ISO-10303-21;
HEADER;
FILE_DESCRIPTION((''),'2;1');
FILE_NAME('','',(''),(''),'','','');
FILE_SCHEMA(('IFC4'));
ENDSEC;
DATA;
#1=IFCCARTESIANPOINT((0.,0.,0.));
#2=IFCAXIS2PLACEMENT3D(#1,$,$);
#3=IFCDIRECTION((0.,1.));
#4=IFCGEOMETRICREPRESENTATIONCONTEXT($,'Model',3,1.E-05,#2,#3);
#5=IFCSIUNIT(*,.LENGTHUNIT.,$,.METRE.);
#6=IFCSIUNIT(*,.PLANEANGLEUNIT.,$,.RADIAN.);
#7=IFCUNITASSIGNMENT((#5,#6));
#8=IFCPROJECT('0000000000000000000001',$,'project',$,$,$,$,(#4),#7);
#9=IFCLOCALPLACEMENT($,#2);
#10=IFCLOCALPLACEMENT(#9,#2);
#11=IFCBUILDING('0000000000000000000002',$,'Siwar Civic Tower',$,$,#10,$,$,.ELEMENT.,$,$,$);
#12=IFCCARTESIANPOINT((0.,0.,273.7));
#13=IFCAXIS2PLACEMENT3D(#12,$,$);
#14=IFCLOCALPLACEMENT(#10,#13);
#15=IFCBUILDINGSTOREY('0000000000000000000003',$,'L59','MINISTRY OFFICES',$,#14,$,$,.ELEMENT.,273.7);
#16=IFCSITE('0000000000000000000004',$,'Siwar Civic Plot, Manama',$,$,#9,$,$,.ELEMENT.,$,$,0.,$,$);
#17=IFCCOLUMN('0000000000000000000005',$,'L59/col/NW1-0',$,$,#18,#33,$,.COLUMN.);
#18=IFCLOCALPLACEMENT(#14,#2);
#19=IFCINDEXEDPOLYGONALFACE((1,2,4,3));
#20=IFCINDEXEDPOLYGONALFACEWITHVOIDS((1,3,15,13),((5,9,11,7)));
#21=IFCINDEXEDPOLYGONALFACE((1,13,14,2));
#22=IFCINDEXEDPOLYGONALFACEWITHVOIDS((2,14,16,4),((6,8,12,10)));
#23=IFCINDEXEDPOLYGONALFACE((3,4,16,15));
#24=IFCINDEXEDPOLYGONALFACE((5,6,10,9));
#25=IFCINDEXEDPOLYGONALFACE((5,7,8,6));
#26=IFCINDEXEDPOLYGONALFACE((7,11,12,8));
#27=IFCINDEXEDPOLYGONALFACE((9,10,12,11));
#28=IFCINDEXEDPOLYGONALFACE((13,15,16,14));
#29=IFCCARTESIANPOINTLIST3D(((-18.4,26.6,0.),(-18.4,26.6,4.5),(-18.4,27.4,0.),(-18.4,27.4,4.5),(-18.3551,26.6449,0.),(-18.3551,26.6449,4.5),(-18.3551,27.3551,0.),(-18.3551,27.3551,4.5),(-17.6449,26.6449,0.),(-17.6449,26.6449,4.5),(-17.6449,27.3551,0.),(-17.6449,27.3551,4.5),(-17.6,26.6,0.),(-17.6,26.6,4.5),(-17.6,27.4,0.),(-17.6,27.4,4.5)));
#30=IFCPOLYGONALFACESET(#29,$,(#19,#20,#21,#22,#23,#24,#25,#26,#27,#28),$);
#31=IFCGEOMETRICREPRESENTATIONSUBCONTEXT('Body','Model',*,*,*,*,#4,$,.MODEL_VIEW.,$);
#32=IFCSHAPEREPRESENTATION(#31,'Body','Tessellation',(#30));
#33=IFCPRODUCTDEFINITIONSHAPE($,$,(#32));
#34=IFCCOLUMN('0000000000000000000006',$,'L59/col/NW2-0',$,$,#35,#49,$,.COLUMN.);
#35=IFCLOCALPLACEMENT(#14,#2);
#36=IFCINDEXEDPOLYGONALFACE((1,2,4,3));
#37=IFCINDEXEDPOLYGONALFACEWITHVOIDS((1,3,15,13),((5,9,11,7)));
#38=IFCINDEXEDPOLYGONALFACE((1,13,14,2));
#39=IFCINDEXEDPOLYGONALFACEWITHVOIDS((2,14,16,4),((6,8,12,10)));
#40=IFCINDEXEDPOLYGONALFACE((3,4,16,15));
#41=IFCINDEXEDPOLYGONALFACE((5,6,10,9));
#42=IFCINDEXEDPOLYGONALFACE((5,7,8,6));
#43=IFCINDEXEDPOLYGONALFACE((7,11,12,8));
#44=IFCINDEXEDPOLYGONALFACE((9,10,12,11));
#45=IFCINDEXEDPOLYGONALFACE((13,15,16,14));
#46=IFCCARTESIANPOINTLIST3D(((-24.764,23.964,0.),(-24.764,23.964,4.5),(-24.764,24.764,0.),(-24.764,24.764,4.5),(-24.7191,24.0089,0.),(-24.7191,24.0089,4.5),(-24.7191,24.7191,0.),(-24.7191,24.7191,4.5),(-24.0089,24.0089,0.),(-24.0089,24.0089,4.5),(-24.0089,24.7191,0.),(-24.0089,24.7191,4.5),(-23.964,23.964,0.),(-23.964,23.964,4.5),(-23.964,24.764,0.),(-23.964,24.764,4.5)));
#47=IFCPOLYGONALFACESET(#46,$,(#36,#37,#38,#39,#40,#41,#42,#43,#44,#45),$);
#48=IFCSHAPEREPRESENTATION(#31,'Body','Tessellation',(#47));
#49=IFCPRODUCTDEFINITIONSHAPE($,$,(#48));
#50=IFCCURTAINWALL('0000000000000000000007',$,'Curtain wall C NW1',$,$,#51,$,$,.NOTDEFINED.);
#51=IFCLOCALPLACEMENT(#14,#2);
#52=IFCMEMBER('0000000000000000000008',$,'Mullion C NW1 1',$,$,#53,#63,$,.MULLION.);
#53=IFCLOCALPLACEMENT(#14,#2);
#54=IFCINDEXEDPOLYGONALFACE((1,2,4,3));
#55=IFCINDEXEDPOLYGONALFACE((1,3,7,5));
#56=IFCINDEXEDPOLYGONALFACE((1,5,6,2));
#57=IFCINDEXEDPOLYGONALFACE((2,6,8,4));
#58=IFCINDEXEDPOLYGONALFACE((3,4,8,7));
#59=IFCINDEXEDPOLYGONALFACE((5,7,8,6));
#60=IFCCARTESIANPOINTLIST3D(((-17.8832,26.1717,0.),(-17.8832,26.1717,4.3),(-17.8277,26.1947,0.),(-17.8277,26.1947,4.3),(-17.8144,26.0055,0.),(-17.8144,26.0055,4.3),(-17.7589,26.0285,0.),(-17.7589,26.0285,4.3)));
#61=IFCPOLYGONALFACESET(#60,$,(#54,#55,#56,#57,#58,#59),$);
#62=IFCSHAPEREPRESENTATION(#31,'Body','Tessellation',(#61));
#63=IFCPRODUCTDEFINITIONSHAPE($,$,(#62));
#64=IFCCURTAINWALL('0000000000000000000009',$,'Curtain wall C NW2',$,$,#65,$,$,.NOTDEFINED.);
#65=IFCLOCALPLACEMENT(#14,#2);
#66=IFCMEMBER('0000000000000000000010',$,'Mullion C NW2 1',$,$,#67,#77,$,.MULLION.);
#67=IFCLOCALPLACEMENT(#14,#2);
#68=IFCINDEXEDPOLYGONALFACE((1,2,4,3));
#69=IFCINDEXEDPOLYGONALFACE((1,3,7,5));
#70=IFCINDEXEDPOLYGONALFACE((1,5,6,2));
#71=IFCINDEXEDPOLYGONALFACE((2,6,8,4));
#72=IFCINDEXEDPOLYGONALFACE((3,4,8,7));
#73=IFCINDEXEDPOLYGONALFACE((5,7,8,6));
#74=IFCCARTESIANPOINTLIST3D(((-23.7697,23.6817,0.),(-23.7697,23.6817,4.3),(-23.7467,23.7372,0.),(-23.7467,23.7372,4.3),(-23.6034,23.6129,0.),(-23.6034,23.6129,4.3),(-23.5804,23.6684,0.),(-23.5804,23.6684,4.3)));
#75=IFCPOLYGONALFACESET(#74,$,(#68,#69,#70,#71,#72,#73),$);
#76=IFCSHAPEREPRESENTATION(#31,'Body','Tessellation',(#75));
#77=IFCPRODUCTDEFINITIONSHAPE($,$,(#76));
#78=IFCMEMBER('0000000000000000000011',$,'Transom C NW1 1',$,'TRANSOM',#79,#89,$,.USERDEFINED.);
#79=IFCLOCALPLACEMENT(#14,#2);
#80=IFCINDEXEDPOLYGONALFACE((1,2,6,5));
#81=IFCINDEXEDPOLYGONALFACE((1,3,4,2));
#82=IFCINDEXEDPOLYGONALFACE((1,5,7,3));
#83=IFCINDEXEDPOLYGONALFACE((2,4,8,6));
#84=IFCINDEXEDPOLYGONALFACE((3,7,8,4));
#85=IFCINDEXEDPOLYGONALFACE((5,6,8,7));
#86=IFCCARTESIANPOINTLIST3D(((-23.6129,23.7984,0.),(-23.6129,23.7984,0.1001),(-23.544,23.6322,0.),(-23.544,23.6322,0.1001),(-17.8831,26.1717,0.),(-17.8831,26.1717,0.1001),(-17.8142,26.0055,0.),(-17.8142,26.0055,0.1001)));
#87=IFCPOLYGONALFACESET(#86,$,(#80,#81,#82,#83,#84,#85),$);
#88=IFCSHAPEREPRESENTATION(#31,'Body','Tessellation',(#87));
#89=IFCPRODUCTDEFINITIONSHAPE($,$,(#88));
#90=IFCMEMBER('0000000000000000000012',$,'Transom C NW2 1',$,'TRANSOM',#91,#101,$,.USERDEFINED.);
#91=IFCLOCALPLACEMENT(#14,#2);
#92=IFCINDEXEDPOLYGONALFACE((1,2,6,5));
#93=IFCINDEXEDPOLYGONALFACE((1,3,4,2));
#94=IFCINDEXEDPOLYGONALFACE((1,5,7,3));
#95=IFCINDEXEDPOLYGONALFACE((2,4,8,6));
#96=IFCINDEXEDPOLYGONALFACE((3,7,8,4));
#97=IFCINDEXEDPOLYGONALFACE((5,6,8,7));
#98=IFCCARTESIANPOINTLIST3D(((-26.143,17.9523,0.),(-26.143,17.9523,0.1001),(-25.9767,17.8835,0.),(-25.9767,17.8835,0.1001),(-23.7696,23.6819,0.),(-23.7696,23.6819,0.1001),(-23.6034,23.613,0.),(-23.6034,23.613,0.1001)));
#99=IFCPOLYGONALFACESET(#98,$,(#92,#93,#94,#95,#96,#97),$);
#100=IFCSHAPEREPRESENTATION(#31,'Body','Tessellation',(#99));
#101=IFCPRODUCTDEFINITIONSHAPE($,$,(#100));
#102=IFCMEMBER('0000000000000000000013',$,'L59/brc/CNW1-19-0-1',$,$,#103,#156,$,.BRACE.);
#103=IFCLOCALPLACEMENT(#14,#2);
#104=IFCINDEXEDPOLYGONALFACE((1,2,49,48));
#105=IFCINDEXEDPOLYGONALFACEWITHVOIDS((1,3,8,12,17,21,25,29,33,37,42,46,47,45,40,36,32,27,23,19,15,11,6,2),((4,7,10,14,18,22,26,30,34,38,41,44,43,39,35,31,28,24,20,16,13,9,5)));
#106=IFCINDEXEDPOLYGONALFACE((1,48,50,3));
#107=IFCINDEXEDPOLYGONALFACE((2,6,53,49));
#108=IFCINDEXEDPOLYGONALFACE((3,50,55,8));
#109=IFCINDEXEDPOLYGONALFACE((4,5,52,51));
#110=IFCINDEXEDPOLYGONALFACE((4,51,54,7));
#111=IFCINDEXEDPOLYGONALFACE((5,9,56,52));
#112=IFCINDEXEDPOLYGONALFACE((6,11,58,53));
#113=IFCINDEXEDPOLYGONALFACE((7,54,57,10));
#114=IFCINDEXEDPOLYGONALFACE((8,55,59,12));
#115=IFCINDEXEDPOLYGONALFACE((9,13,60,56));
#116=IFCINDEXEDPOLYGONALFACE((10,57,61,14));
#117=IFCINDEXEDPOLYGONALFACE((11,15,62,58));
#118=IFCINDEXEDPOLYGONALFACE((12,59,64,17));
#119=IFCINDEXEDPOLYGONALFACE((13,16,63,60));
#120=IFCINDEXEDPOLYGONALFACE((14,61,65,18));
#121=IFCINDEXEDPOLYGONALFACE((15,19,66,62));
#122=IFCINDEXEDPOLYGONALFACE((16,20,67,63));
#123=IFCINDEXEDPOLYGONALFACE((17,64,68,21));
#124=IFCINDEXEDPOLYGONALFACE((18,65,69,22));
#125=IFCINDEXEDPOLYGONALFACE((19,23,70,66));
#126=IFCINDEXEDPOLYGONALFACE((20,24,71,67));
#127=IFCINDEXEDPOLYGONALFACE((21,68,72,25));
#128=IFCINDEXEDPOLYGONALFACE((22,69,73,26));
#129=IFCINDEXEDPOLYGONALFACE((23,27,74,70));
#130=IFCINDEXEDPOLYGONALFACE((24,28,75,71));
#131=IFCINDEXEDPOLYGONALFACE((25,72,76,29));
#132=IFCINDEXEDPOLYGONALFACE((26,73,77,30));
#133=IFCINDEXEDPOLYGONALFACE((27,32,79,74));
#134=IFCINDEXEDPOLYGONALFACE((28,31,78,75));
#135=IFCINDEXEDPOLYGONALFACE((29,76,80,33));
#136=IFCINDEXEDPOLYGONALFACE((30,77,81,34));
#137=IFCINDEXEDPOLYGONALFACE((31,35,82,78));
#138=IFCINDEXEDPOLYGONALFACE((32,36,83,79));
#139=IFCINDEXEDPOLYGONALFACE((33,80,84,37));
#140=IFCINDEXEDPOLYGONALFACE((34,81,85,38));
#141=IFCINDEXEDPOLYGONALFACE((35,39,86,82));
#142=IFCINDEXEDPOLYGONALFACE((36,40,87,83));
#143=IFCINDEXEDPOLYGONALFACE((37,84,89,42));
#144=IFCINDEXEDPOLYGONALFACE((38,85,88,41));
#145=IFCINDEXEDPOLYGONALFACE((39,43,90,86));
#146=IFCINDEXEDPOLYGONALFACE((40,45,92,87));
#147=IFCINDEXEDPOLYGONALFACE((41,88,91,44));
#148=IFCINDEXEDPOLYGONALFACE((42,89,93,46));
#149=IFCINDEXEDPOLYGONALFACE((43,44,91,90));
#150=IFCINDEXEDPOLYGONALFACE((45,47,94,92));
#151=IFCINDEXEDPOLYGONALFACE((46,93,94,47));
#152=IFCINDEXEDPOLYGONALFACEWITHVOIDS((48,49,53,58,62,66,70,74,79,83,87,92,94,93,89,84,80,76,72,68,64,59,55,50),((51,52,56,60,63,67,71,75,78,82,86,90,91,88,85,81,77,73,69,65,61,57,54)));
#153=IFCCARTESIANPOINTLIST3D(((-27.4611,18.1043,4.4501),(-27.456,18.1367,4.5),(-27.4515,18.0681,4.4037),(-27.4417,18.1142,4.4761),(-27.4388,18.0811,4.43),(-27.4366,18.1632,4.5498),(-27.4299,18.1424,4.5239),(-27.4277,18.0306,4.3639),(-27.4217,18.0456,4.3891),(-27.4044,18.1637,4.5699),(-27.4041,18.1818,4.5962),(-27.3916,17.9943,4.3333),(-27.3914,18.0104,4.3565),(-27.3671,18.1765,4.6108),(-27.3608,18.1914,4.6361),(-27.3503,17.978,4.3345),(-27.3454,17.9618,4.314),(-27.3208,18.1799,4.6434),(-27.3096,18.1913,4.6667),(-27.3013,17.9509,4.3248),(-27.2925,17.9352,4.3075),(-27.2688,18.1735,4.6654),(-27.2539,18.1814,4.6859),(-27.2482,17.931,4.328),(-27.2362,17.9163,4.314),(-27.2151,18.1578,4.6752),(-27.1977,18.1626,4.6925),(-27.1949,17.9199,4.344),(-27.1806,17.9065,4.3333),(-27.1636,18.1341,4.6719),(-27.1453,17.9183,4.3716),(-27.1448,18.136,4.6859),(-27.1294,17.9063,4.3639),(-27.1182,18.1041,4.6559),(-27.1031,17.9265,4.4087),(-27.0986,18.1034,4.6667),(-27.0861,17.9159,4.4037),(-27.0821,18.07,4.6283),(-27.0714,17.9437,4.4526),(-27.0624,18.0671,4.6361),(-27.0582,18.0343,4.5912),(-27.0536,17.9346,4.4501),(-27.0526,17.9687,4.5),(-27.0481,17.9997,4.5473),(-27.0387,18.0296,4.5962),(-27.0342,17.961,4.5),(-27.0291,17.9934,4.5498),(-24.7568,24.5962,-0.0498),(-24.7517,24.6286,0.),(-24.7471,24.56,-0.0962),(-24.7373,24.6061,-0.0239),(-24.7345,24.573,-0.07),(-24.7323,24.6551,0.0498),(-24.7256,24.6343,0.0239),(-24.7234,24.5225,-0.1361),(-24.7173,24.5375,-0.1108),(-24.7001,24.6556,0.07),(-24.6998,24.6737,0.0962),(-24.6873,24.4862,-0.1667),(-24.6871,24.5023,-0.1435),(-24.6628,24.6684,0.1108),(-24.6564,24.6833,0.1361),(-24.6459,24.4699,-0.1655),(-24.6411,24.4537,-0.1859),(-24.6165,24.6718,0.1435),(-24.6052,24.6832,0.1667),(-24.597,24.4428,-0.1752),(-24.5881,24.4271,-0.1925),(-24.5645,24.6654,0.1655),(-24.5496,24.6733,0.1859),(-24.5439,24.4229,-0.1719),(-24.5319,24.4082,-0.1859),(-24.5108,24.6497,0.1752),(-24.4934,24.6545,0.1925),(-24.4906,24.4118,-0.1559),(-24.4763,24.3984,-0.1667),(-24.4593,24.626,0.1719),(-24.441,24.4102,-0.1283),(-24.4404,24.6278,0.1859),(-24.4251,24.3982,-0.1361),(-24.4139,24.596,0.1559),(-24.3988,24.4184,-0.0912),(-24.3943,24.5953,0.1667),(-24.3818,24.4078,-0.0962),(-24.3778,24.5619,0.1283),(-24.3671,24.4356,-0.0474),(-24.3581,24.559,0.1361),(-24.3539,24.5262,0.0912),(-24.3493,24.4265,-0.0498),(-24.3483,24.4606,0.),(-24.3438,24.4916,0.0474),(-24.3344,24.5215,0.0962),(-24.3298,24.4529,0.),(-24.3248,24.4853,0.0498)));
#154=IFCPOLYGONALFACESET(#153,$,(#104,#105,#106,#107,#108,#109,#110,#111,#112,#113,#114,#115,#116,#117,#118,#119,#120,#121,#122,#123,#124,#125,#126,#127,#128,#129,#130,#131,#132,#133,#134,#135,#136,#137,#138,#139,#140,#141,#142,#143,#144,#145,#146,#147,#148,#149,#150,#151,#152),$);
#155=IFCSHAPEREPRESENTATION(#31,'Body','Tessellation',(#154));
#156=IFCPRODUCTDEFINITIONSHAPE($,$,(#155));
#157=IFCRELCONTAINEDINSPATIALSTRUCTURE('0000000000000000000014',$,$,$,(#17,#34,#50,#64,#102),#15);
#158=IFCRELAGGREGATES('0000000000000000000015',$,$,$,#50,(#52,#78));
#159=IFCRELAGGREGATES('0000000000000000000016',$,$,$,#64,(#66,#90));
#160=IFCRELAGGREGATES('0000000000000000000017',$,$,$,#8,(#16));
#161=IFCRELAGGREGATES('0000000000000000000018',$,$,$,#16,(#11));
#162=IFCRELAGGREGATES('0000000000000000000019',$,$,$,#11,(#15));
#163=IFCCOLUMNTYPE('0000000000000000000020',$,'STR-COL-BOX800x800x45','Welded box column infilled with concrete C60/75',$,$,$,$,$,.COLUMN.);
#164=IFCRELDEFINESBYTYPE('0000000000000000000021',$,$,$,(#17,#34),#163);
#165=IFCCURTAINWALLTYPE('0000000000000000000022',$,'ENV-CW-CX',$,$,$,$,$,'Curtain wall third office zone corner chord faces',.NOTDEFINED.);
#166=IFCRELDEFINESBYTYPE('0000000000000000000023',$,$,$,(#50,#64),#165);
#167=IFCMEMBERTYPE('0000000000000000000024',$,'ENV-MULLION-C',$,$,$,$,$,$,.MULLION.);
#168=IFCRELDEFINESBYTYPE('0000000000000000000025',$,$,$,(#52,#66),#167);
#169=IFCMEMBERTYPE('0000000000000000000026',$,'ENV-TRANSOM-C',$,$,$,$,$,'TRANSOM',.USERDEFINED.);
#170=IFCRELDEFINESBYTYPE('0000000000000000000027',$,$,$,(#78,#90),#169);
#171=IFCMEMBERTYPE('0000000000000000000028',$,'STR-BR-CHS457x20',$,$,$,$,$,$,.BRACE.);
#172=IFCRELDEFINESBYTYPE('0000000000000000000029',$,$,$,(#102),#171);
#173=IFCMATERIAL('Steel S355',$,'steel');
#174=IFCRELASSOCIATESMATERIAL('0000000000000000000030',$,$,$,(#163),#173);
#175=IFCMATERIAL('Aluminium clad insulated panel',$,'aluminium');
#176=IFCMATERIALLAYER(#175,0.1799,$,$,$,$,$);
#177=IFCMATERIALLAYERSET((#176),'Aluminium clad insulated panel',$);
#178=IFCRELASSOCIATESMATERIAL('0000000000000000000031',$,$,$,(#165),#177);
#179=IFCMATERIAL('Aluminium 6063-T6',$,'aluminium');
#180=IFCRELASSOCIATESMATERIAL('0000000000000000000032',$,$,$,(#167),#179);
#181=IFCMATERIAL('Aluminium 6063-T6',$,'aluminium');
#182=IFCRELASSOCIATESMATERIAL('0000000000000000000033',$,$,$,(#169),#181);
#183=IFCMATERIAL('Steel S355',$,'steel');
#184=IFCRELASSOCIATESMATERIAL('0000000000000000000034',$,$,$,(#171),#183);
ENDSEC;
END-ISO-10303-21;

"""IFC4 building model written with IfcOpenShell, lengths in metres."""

from ifc_helpers import new_model, si_unit, direction, frame, origin, origin_2d, place, context, subcontext, project, spatial, rectangle, hollow_rectangle, hollow_circle, extrude, material, layer, layer_set, material_profile, profile_set, type_object, element, aggregate, save


model = new_model("IFC4")

# Units and contexts
model_context = context("Model", 3, precision=1e-05, world=origin(), true_north=direction((0.0, 1.0)))
body_context = subcontext(model_context, "Body", "Model", "MODEL_VIEW")
ifc_project = project(units=[si_unit("LENGTHUNIT", "METRE"), si_unit("PLANEANGLEUNIT", "RADIAN")], contexts=[model_context])

# Site, building, storey
site_placement = place(None, origin())
site = spatial("IfcSite", under=ifc_project, at=site_placement, Name="Siwar Civic Plot, Manama", CompositionType="ELEMENT", RefElevation=0.0)
building_placement = place(site_placement, origin())
building = spatial("IfcBuilding", under=site, at=building_placement, Name="Siwar Civic Tower", CompositionType="ELEMENT")
storey_placement = place(building_placement, frame((0.0, 0.0, 273.7)))
storey = spatial("IfcBuildingStorey", under=building, at=storey_placement, Name="L59", Description="MINISTRY OFFICES", CompositionType="ELEMENT", Elevation=273.7)

# Columns
ifc_material_1 = material(Name="Steel S355", Category="steel")
ifc_material_profile_1 = material_profile(ifc_material_1, hollow_rectangle(XDim=0.8, YDim=0.8, WallThickness=0.0449, at=origin_2d()), Name="BOX800x800x45")
ifc_profile_set_1 = profile_set([ifc_material_profile_1], Name="Steel S355")
column_type = type_object("IfcColumnType", Name="STR-COL-BOX800x800x45", Description="Welded box column infilled with concrete C60/75", PredefinedType="COLUMN", material=ifc_profile_set_1)
for number, where, z_axis, x_axis, name in (
    (1, (-18.0, 27.0, 0.0), (0.0, 0.0, 1.0), (1.0, 0.0, 0.0), "L59/col/NW1-0"),
    (2, (-24.364, 24.364, 0.0), (0.0, 0.0, 1.0), (1.0, 0.0, 0.0), "L59/col/NW2-0"),
):
    element("IfcColumn", number, at=place(storey_placement, frame(where, z_axis=z_axis, x_axis=x_axis)), inside=storey, type_object=column_type, Name=name, PredefinedType="COLUMN", context=body_context, shape_type="SweptSolid", body=[
        extrude(hollow_rectangle(XDim=0.8, YDim=0.8, WallThickness=0.0449, at=origin_2d()), origin(), (0.0, 0.0, 1.0), 4.5),
    ])

# Curtain walls, members
ifc_material_2 = material(Name="Aluminium clad insulated panel", Category="aluminium")
ifc_layer_1 = layer(ifc_material_2, 0.1799)
ifc_layer_set_1 = layer_set([ifc_layer_1], Name="Aluminium clad insulated panel")
curtain_wall_type = type_object("IfcCurtainWallType", Name="ENV-CW-CX", ElementType="Curtain wall third office zone corner chord faces", PredefinedType="NOTDEFINED", material=ifc_layer_set_1)
curtain_wall_1_placement = place(storey_placement, origin())
curtain_wall_1 = element("IfcCurtainWall", 3, at=curtain_wall_1_placement, inside=storey, type_object=curtain_wall_type, Name="Curtain wall C NW1", PredefinedType="NOTDEFINED")
ifc_material_3 = material(Name="Aluminium 6063-T6", Category="aluminium")
ifc_material_profile_2 = material_profile(ifc_material_3, rectangle(XDim=0.1799, YDim=0.0601, at=origin_2d()), Name="AL 180x60")
ifc_profile_set_2 = profile_set([ifc_material_profile_2], Name="Aluminium 6063-T6")
member_type_1 = type_object("IfcMemberType", Name="ENV-MULLION-C", PredefinedType="MULLION", material=ifc_profile_set_2)
member_1_placement = place(storey_placement, frame((-17.821, 26.1001, 0.0), z_axis=(0.0, 0.0, 1.0), x_axis=(0.382683, -0.92388, 0.0)))
member_1 = element("IfcMember", 4, at=member_1_placement, type_object=member_type_1, Name="Mullion C NW1 1", PredefinedType="MULLION", context=body_context, shape_type="SweptSolid", body=[
    extrude(rectangle(XDim=0.1799, YDim=0.0601, at=origin_2d()), origin(), (0.0, 0.0, 1.0), 4.3),
])
curtain_wall_2_placement = place(storey_placement, origin())
curtain_wall_2 = element("IfcCurtainWall", 5, at=curtain_wall_2_placement, inside=storey, type_object=curtain_wall_type, Name="Curtain wall C NW2", PredefinedType="NOTDEFINED")
member_2_placement = place(storey_placement, frame((-23.675, 23.675, 0.0), z_axis=(0.0, 0.0, 1.0), x_axis=(0.92388, -0.382683, 0.0)))
member_2 = element("IfcMember", 6, at=member_2_placement, type_object=member_type_1, Name="Mullion C NW2 1", PredefinedType="MULLION", context=body_context, shape_type="SweptSolid", body=[
    extrude(rectangle(XDim=0.1799, YDim=0.0601, at=origin_2d()), origin(), (0.0, 0.0, 1.0), 4.3),
])

# Members
ifc_material_4 = material(Name="Aluminium 6063-T6", Category="aluminium")
ifc_material_profile_3 = material_profile(ifc_material_4, rectangle(XDim=0.1799, YDim=0.1001, at=origin_2d()), Name="AL 180x100")
ifc_profile_set_3 = profile_set([ifc_material_profile_3], Name="Aluminium 6063-T6")
member_type_2 = type_object("IfcMemberType", Name="ENV-TRANSOM-C", ElementType="TRANSOM", PredefinedType="USERDEFINED", material=ifc_profile_set_3)
member_3_placement = place(storey_placement, frame((-17.8486, 26.0886, 0.05), z_axis=(-0.923882, -0.382677, 0.0), x_axis=(0.382677, -0.923882, 0.0)))
member_3 = element("IfcMember", 7, at=member_3_placement, type_object=member_type_2, Name="Transom C NW1 1", ObjectType="TRANSOM", PredefinedType="USERDEFINED", context=body_context, shape_type="SweptSolid", body=[
    extrude(rectangle(XDim=0.1799, YDim=0.1001, at=origin_2d()), origin(), (0.0, 0.0, 1.0), 6.2019),
])
member_4_placement = place(storey_placement, frame((-23.6865, 23.6475, 0.05), z_axis=(-0.382691, -0.923876, 0.0), x_axis=(0.923876, -0.382691, 0.0)))
member_4 = element("IfcMember", 8, at=member_4_placement, type_object=member_type_2, Name="Transom C NW2 1", ObjectType="TRANSOM", PredefinedType="USERDEFINED", context=body_context, shape_type="SweptSolid", body=[
    extrude(rectangle(XDim=0.1799, YDim=0.1001, at=origin_2d()), origin(), (0.0, 0.0, 1.0), 6.2017),
])

# Member
ifc_material_5 = material(Name="Steel S355", Category="steel")
ifc_material_profile_4 = material_profile(ifc_material_5, hollow_circle(Radius=0.2285, WallThickness=0.02, at=origin_2d()), Name="CHS457x20")
ifc_profile_set_4 = profile_set([ifc_material_profile_4], Name="Steel S355")
member_type_3 = type_object("IfcMemberType", Name="STR-BR-CHS457x20", PredefinedType="BRACE", material=ifc_profile_set_4)
member_5_placement = place(storey_placement, frame((-24.5408, 24.5408, 0.0), z_axis=(-0.323906, -0.777555, 0.538975), x_axis=(0.923109, -0.384539, 0.0)))
element("IfcMember", 9, at=member_5_placement, inside=storey, type_object=member_type_3, Name="L59/brc/CNW1-19-0-1", PredefinedType="BRACE", context=body_context, shape_type="SweptSolid", body=[
    extrude(hollow_circle(Radius=0.2285, WallThickness=0.02, at=origin_2d()), origin(), (0.0, 0.0, 1.0), 8.3491),
])

aggregate(curtain_wall_1, [member_1, member_3])
aggregate(curtain_wall_2, [member_2, member_4])

save(model, "model.ifc")
